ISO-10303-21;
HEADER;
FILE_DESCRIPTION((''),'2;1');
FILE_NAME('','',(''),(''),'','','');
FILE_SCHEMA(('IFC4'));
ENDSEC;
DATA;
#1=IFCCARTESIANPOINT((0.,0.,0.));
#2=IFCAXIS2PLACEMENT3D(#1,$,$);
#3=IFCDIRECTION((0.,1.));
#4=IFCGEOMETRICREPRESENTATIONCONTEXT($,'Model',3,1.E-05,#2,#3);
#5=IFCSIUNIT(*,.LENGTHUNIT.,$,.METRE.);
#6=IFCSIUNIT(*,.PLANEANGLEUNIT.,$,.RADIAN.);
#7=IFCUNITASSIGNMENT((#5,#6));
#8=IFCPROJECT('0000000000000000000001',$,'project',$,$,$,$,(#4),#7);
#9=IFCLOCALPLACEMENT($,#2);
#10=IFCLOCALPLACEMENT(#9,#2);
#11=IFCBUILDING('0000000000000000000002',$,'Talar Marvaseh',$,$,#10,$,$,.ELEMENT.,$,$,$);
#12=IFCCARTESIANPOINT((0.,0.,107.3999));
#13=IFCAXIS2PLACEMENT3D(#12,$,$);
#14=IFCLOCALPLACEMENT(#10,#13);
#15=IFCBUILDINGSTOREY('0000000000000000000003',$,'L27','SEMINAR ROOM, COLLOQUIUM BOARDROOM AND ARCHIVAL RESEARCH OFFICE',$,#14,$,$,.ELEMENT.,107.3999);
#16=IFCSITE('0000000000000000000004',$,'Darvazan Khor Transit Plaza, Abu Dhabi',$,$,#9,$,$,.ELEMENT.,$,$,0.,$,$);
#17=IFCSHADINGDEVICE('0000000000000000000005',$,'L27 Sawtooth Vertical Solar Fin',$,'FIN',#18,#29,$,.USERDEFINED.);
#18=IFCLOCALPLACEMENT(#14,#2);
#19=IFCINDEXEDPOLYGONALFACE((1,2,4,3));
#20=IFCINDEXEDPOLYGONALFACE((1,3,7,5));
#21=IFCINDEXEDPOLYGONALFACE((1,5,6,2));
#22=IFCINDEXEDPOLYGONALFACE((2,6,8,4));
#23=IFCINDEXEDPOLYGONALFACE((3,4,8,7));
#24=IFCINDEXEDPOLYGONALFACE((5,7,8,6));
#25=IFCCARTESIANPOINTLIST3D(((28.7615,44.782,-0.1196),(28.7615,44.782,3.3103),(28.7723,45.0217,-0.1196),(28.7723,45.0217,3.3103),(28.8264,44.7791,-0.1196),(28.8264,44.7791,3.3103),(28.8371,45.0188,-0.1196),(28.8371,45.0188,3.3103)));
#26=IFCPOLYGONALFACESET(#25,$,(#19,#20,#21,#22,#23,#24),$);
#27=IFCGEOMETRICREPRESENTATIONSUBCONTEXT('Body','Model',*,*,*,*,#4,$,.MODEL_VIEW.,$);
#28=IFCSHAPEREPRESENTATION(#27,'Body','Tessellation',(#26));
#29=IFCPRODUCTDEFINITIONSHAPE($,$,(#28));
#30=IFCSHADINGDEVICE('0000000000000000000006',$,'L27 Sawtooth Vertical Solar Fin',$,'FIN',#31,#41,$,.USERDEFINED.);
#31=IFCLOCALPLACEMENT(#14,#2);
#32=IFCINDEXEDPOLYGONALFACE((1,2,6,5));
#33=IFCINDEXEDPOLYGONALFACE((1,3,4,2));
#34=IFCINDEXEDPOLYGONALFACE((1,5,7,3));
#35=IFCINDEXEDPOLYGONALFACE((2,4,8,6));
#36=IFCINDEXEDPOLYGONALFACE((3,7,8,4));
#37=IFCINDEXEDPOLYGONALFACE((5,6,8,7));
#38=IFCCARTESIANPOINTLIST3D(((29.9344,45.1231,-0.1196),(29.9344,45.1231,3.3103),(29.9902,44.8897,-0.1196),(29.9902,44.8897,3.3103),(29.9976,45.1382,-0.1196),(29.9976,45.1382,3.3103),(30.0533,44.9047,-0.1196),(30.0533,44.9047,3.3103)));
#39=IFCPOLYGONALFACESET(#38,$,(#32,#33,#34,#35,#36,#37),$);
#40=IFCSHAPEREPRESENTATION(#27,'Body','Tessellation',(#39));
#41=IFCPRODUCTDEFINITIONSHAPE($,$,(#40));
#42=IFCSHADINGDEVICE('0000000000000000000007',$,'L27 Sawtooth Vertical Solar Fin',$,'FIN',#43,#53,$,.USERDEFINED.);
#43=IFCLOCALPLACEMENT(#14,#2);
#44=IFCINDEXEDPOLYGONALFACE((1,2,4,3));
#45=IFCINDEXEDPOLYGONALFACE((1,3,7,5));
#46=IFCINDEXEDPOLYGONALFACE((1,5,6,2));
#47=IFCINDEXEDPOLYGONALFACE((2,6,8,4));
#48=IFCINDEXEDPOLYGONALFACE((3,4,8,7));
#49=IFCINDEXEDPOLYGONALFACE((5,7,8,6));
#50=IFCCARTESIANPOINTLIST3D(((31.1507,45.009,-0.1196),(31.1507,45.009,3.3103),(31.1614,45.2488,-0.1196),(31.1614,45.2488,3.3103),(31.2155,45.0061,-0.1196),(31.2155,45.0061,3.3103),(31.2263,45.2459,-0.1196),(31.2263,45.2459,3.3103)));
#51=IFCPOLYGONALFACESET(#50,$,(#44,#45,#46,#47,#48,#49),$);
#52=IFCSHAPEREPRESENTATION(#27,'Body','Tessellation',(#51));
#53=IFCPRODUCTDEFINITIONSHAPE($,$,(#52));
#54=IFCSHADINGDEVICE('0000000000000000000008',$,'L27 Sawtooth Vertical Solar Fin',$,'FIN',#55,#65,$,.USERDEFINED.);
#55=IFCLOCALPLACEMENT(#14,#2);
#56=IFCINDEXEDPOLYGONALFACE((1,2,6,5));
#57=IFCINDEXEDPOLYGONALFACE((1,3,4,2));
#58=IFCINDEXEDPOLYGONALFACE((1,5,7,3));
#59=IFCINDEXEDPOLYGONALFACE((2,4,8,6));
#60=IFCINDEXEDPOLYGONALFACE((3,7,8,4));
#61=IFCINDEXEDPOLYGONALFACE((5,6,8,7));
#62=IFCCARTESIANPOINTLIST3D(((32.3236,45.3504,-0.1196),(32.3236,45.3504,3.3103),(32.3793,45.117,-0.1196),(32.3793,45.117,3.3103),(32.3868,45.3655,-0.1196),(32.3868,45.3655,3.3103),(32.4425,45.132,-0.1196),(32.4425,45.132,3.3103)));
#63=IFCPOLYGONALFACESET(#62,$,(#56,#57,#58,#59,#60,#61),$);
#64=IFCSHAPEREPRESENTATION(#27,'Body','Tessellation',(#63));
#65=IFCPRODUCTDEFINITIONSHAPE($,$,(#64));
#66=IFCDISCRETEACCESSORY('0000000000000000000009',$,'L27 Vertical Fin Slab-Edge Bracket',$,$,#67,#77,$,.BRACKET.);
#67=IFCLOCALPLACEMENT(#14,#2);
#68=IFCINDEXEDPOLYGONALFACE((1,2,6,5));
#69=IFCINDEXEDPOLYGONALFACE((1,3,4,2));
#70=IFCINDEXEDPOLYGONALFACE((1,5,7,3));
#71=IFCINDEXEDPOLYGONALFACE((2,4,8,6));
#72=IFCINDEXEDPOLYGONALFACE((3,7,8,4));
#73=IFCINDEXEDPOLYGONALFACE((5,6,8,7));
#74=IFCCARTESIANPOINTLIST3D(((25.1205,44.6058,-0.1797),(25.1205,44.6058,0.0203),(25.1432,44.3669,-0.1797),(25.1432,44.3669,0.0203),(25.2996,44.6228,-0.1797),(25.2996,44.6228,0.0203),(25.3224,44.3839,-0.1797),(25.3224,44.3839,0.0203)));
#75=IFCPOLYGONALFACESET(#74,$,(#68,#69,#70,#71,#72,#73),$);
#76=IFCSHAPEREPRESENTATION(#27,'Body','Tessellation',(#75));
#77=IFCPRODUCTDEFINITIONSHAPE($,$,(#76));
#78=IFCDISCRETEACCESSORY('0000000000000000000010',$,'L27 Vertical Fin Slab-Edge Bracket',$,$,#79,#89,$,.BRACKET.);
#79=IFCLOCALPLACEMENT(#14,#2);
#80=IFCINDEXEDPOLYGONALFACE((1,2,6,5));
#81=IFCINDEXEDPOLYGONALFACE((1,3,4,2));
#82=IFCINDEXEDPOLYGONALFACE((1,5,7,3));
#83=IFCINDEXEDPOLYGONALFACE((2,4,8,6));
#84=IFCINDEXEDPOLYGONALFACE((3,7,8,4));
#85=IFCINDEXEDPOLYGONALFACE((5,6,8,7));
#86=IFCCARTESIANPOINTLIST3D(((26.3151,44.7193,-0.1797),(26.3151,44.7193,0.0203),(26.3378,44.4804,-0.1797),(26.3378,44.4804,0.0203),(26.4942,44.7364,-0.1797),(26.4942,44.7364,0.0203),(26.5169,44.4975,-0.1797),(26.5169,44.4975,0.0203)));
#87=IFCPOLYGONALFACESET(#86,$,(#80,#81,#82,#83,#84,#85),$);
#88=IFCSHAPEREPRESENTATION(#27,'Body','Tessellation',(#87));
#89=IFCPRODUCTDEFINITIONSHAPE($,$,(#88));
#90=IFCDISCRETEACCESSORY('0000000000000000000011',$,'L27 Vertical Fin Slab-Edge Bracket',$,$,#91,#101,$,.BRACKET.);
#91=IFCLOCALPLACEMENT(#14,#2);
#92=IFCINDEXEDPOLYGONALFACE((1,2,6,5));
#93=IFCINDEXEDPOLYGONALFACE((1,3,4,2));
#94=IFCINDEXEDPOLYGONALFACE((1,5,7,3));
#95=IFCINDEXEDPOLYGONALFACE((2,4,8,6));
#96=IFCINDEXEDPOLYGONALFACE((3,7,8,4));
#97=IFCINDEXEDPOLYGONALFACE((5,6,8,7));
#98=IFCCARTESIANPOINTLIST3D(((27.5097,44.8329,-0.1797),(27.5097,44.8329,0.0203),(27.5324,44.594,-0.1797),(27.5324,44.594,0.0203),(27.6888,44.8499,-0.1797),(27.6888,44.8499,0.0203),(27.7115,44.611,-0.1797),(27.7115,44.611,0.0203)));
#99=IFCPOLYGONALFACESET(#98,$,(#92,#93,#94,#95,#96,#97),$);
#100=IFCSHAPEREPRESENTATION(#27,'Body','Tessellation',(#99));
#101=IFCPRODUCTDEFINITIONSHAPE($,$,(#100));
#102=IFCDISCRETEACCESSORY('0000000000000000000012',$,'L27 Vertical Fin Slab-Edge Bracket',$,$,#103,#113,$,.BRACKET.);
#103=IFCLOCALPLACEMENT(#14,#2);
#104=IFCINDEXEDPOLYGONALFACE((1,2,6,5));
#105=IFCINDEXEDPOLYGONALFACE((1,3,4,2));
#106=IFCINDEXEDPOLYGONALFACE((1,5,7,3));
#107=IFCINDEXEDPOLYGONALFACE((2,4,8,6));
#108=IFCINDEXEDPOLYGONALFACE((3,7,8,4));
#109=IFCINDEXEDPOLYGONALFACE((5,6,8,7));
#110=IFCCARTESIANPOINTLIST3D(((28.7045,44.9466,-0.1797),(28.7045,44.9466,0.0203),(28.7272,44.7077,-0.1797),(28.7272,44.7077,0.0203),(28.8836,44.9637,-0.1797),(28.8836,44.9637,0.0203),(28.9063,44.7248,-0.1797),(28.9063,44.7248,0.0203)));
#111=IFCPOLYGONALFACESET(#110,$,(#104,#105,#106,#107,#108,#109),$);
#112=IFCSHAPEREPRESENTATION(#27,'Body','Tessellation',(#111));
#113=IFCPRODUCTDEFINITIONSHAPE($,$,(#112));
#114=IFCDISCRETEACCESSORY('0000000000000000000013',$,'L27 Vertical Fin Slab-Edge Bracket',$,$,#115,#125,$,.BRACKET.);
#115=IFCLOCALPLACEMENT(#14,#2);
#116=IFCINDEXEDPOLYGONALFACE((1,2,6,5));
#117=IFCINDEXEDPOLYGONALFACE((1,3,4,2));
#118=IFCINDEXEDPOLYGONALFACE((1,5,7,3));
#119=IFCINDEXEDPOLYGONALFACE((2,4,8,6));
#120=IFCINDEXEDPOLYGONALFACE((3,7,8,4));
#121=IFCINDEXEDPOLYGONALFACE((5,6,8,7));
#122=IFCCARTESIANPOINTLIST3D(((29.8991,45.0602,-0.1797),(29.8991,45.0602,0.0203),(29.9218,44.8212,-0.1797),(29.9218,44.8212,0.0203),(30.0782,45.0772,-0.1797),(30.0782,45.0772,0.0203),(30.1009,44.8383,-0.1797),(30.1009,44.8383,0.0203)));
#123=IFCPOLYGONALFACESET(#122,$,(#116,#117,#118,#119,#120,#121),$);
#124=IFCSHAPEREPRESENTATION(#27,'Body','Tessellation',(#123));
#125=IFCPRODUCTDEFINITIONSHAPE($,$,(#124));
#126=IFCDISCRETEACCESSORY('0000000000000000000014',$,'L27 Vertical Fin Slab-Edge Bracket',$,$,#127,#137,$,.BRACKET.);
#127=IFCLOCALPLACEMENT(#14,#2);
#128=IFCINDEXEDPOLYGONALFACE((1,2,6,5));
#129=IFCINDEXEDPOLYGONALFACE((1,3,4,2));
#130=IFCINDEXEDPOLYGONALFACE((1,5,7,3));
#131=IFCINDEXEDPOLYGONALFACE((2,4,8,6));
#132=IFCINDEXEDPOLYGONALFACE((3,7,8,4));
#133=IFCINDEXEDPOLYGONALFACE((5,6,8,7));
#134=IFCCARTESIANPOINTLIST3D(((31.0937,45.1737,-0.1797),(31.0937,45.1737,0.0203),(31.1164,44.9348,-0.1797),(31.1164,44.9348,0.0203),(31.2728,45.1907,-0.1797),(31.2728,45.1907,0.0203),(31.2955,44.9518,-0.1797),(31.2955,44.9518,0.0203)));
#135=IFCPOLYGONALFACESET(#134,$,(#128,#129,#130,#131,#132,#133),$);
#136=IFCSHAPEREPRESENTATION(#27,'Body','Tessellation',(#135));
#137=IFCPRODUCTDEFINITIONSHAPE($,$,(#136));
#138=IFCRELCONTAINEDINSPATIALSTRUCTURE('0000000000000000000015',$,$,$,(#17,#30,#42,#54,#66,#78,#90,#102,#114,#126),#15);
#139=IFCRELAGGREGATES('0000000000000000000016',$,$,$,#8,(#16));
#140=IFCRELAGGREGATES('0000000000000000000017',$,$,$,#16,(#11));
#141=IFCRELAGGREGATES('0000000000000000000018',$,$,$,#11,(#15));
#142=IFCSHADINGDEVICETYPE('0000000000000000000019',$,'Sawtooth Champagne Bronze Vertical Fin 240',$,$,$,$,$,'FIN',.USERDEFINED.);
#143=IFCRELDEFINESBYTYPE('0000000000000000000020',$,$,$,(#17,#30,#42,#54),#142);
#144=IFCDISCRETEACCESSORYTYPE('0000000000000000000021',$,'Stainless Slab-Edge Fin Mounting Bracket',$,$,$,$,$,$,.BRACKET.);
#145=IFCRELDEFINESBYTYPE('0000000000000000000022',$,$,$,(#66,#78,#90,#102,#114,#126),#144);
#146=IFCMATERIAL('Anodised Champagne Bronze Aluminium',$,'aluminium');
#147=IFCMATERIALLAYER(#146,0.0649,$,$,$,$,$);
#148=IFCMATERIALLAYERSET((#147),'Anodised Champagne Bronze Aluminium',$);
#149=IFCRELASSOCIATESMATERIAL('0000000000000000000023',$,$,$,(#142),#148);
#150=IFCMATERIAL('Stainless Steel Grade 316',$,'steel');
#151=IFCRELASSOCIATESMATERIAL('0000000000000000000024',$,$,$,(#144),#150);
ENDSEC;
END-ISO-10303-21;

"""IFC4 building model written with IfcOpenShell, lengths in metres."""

from ifc_helpers import new_model, si_unit, direction, frame, origin, origin_2d, place, context, subcontext, project, spatial, rectangle, extrude, source, transform, mapped, material, layer, layer_set, type_object, type_shapes, element, save


model = new_model("IFC4")

# Units and contexts
model_context = context("Model", 3, precision=1e-05, world=origin(), true_north=direction((0.0, 1.0)))
body_context = subcontext(model_context, "Body", "Model", "MODEL_VIEW")
ifc_project = project(units=[si_unit("LENGTHUNIT", "METRE"), si_unit("PLANEANGLEUNIT", "RADIAN")], contexts=[model_context])

# Site, building, storey
site_placement = place(None, origin())
site = spatial("IfcSite", under=ifc_project, at=site_placement, Name="Darvazan Khor Transit Plaza, Abu Dhabi", CompositionType="ELEMENT", RefElevation=0.0)
building_placement = place(site_placement, origin())
building = spatial("IfcBuilding", under=site, at=building_placement, Name="Talar Marvaseh", CompositionType="ELEMENT")
storey_placement = place(building_placement, frame((0.0, 0.0, 107.3999)))
storey = spatial("IfcBuildingStorey", under=building, at=storey_placement, Name="L27", Description="SEMINAR ROOM, COLLOQUIUM BOARDROOM AND ARCHIVAL RESEARCH OFFICE", CompositionType="ELEMENT", Elevation=107.3999)

# Shading devices
ifc_material_1 = material(Name="Anodised Champagne Bronze Aluminium", Category="aluminium")
ifc_layer_1 = layer(ifc_material_1, 0.0649)
ifc_layer_set_1 = layer_set([ifc_layer_1], Name="Anodised Champagne Bronze Aluminium")
shading_device_type = type_object("IfcShadingDeviceType", Name="Sawtooth Champagne Bronze Vertical Fin 240", ElementType="FIN", PredefinedType="USERDEFINED", material=ifc_layer_set_1)
shared_shape_1 = source(origin(), body_context, "Body", "SweptSolid", [
    extrude(rectangle(XDim=0.24, YDim=0.0649, at=origin_2d()), origin(), (0.0, 0.0, 1.0), 3.4299),
])
type_shapes(shading_device_type, [shared_shape_1])
for number, where, z_axis, x_axis, name in (
    (1, (28.7993, 44.9004, -0.1196), (0.0, 0.0, 1.0), (0.04484, 0.998994, 0.0), "L27 Sawtooth Vertical Solar Fin"),
    (2, (29.9939, 45.0139, -0.1196), (0.0, 0.0, 1.0), (-0.232257, 0.972654, 0.0), "L27 Sawtooth Vertical Solar Fin"),
    (3, (31.1885, 45.1274, -0.1196), (0.0, 0.0, 1.0), (0.04484, 0.998994, 0.0), "L27 Sawtooth Vertical Solar Fin"),
    (4, (32.3831, 45.2412, -0.1196), (0.0, 0.0, 1.0), (-0.232257, 0.972654, 0.0), "L27 Sawtooth Vertical Solar Fin"),
):
    element("IfcShadingDevice", number, at=place(storey_placement, frame(where, z_axis=z_axis, x_axis=x_axis)), inside=storey, type_object=shading_device_type, Name=name, ObjectType="FIN", PredefinedType="USERDEFINED", context=body_context, shape_type="MappedRepresentation", body=[
        mapped(shared_shape_1, transform((0.0, 0.0, 0.0), x_axis=(1.0, 0.0, 0.0), y_axis=(0.0, 1.0, 0.0), z_axis=(0.0, 0.0, 1.0), scale=1.0)),
    ])

# Discrete accessories
ifc_material_2 = material(Name="Stainless Steel Grade 316", Category="steel")
discrete_accessory_type = type_object("IfcDiscreteAccessoryType", Name="Stainless Slab-Edge Fin Mounting Bracket", PredefinedType="BRACKET", material=ifc_material_2)
shared_shape_2 = source(origin(), body_context, "Body", "SweptSolid", [
    extrude(rectangle(XDim=0.24, YDim=0.1799, at=origin_2d()), origin(), (0.0, 0.0, 1.0), 0.2),
])
type_shapes(discrete_accessory_type, [shared_shape_2])
for number, where, z_axis, x_axis, name in (
    (5, (25.2214, 44.4949, -0.1797), (0.0, 0.0, 1.0), (-0.09463, 0.995513, 0.0), "L27 Vertical Fin Slab-Edge Bracket"),
    (6, (26.416, 44.6084, -0.1797), (0.0, 0.0, 1.0), (-0.09463, 0.995513, 0.0), "L27 Vertical Fin Slab-Edge Bracket"),
    (7, (27.6106, 44.7219, -0.1797), (0.0, 0.0, 1.0), (-0.09463, 0.995513, 0.0), "L27 Vertical Fin Slab-Edge Bracket"),
    (8, (28.8054, 44.8357, -0.1797), (0.0, 0.0, 1.0), (-0.09463, 0.995513, 0.0), "L27 Vertical Fin Slab-Edge Bracket"),
    (9, (30.0, 44.9492, -0.1797), (0.0, 0.0, 1.0), (-0.09463, 0.995513, 0.0), "L27 Vertical Fin Slab-Edge Bracket"),
    (10, (31.1946, 45.0627, -0.1797), (0.0, 0.0, 1.0), (-0.09463, 0.995513, 0.0), "L27 Vertical Fin Slab-Edge Bracket"),
):
    element("IfcDiscreteAccessory", number, at=place(storey_placement, frame(where, z_axis=z_axis, x_axis=x_axis)), inside=storey, type_object=discrete_accessory_type, Name=name, PredefinedType="BRACKET", context=body_context, shape_type="MappedRepresentation", body=[
        mapped(shared_shape_2, transform((0.0, 0.0, 0.0), x_axis=(1.0, 0.0, 0.0), y_axis=(0.0, 1.0, 0.0), z_axis=(0.0, 0.0, 1.0), scale=1.0)),
    ])

save(model, "model.ifc")
